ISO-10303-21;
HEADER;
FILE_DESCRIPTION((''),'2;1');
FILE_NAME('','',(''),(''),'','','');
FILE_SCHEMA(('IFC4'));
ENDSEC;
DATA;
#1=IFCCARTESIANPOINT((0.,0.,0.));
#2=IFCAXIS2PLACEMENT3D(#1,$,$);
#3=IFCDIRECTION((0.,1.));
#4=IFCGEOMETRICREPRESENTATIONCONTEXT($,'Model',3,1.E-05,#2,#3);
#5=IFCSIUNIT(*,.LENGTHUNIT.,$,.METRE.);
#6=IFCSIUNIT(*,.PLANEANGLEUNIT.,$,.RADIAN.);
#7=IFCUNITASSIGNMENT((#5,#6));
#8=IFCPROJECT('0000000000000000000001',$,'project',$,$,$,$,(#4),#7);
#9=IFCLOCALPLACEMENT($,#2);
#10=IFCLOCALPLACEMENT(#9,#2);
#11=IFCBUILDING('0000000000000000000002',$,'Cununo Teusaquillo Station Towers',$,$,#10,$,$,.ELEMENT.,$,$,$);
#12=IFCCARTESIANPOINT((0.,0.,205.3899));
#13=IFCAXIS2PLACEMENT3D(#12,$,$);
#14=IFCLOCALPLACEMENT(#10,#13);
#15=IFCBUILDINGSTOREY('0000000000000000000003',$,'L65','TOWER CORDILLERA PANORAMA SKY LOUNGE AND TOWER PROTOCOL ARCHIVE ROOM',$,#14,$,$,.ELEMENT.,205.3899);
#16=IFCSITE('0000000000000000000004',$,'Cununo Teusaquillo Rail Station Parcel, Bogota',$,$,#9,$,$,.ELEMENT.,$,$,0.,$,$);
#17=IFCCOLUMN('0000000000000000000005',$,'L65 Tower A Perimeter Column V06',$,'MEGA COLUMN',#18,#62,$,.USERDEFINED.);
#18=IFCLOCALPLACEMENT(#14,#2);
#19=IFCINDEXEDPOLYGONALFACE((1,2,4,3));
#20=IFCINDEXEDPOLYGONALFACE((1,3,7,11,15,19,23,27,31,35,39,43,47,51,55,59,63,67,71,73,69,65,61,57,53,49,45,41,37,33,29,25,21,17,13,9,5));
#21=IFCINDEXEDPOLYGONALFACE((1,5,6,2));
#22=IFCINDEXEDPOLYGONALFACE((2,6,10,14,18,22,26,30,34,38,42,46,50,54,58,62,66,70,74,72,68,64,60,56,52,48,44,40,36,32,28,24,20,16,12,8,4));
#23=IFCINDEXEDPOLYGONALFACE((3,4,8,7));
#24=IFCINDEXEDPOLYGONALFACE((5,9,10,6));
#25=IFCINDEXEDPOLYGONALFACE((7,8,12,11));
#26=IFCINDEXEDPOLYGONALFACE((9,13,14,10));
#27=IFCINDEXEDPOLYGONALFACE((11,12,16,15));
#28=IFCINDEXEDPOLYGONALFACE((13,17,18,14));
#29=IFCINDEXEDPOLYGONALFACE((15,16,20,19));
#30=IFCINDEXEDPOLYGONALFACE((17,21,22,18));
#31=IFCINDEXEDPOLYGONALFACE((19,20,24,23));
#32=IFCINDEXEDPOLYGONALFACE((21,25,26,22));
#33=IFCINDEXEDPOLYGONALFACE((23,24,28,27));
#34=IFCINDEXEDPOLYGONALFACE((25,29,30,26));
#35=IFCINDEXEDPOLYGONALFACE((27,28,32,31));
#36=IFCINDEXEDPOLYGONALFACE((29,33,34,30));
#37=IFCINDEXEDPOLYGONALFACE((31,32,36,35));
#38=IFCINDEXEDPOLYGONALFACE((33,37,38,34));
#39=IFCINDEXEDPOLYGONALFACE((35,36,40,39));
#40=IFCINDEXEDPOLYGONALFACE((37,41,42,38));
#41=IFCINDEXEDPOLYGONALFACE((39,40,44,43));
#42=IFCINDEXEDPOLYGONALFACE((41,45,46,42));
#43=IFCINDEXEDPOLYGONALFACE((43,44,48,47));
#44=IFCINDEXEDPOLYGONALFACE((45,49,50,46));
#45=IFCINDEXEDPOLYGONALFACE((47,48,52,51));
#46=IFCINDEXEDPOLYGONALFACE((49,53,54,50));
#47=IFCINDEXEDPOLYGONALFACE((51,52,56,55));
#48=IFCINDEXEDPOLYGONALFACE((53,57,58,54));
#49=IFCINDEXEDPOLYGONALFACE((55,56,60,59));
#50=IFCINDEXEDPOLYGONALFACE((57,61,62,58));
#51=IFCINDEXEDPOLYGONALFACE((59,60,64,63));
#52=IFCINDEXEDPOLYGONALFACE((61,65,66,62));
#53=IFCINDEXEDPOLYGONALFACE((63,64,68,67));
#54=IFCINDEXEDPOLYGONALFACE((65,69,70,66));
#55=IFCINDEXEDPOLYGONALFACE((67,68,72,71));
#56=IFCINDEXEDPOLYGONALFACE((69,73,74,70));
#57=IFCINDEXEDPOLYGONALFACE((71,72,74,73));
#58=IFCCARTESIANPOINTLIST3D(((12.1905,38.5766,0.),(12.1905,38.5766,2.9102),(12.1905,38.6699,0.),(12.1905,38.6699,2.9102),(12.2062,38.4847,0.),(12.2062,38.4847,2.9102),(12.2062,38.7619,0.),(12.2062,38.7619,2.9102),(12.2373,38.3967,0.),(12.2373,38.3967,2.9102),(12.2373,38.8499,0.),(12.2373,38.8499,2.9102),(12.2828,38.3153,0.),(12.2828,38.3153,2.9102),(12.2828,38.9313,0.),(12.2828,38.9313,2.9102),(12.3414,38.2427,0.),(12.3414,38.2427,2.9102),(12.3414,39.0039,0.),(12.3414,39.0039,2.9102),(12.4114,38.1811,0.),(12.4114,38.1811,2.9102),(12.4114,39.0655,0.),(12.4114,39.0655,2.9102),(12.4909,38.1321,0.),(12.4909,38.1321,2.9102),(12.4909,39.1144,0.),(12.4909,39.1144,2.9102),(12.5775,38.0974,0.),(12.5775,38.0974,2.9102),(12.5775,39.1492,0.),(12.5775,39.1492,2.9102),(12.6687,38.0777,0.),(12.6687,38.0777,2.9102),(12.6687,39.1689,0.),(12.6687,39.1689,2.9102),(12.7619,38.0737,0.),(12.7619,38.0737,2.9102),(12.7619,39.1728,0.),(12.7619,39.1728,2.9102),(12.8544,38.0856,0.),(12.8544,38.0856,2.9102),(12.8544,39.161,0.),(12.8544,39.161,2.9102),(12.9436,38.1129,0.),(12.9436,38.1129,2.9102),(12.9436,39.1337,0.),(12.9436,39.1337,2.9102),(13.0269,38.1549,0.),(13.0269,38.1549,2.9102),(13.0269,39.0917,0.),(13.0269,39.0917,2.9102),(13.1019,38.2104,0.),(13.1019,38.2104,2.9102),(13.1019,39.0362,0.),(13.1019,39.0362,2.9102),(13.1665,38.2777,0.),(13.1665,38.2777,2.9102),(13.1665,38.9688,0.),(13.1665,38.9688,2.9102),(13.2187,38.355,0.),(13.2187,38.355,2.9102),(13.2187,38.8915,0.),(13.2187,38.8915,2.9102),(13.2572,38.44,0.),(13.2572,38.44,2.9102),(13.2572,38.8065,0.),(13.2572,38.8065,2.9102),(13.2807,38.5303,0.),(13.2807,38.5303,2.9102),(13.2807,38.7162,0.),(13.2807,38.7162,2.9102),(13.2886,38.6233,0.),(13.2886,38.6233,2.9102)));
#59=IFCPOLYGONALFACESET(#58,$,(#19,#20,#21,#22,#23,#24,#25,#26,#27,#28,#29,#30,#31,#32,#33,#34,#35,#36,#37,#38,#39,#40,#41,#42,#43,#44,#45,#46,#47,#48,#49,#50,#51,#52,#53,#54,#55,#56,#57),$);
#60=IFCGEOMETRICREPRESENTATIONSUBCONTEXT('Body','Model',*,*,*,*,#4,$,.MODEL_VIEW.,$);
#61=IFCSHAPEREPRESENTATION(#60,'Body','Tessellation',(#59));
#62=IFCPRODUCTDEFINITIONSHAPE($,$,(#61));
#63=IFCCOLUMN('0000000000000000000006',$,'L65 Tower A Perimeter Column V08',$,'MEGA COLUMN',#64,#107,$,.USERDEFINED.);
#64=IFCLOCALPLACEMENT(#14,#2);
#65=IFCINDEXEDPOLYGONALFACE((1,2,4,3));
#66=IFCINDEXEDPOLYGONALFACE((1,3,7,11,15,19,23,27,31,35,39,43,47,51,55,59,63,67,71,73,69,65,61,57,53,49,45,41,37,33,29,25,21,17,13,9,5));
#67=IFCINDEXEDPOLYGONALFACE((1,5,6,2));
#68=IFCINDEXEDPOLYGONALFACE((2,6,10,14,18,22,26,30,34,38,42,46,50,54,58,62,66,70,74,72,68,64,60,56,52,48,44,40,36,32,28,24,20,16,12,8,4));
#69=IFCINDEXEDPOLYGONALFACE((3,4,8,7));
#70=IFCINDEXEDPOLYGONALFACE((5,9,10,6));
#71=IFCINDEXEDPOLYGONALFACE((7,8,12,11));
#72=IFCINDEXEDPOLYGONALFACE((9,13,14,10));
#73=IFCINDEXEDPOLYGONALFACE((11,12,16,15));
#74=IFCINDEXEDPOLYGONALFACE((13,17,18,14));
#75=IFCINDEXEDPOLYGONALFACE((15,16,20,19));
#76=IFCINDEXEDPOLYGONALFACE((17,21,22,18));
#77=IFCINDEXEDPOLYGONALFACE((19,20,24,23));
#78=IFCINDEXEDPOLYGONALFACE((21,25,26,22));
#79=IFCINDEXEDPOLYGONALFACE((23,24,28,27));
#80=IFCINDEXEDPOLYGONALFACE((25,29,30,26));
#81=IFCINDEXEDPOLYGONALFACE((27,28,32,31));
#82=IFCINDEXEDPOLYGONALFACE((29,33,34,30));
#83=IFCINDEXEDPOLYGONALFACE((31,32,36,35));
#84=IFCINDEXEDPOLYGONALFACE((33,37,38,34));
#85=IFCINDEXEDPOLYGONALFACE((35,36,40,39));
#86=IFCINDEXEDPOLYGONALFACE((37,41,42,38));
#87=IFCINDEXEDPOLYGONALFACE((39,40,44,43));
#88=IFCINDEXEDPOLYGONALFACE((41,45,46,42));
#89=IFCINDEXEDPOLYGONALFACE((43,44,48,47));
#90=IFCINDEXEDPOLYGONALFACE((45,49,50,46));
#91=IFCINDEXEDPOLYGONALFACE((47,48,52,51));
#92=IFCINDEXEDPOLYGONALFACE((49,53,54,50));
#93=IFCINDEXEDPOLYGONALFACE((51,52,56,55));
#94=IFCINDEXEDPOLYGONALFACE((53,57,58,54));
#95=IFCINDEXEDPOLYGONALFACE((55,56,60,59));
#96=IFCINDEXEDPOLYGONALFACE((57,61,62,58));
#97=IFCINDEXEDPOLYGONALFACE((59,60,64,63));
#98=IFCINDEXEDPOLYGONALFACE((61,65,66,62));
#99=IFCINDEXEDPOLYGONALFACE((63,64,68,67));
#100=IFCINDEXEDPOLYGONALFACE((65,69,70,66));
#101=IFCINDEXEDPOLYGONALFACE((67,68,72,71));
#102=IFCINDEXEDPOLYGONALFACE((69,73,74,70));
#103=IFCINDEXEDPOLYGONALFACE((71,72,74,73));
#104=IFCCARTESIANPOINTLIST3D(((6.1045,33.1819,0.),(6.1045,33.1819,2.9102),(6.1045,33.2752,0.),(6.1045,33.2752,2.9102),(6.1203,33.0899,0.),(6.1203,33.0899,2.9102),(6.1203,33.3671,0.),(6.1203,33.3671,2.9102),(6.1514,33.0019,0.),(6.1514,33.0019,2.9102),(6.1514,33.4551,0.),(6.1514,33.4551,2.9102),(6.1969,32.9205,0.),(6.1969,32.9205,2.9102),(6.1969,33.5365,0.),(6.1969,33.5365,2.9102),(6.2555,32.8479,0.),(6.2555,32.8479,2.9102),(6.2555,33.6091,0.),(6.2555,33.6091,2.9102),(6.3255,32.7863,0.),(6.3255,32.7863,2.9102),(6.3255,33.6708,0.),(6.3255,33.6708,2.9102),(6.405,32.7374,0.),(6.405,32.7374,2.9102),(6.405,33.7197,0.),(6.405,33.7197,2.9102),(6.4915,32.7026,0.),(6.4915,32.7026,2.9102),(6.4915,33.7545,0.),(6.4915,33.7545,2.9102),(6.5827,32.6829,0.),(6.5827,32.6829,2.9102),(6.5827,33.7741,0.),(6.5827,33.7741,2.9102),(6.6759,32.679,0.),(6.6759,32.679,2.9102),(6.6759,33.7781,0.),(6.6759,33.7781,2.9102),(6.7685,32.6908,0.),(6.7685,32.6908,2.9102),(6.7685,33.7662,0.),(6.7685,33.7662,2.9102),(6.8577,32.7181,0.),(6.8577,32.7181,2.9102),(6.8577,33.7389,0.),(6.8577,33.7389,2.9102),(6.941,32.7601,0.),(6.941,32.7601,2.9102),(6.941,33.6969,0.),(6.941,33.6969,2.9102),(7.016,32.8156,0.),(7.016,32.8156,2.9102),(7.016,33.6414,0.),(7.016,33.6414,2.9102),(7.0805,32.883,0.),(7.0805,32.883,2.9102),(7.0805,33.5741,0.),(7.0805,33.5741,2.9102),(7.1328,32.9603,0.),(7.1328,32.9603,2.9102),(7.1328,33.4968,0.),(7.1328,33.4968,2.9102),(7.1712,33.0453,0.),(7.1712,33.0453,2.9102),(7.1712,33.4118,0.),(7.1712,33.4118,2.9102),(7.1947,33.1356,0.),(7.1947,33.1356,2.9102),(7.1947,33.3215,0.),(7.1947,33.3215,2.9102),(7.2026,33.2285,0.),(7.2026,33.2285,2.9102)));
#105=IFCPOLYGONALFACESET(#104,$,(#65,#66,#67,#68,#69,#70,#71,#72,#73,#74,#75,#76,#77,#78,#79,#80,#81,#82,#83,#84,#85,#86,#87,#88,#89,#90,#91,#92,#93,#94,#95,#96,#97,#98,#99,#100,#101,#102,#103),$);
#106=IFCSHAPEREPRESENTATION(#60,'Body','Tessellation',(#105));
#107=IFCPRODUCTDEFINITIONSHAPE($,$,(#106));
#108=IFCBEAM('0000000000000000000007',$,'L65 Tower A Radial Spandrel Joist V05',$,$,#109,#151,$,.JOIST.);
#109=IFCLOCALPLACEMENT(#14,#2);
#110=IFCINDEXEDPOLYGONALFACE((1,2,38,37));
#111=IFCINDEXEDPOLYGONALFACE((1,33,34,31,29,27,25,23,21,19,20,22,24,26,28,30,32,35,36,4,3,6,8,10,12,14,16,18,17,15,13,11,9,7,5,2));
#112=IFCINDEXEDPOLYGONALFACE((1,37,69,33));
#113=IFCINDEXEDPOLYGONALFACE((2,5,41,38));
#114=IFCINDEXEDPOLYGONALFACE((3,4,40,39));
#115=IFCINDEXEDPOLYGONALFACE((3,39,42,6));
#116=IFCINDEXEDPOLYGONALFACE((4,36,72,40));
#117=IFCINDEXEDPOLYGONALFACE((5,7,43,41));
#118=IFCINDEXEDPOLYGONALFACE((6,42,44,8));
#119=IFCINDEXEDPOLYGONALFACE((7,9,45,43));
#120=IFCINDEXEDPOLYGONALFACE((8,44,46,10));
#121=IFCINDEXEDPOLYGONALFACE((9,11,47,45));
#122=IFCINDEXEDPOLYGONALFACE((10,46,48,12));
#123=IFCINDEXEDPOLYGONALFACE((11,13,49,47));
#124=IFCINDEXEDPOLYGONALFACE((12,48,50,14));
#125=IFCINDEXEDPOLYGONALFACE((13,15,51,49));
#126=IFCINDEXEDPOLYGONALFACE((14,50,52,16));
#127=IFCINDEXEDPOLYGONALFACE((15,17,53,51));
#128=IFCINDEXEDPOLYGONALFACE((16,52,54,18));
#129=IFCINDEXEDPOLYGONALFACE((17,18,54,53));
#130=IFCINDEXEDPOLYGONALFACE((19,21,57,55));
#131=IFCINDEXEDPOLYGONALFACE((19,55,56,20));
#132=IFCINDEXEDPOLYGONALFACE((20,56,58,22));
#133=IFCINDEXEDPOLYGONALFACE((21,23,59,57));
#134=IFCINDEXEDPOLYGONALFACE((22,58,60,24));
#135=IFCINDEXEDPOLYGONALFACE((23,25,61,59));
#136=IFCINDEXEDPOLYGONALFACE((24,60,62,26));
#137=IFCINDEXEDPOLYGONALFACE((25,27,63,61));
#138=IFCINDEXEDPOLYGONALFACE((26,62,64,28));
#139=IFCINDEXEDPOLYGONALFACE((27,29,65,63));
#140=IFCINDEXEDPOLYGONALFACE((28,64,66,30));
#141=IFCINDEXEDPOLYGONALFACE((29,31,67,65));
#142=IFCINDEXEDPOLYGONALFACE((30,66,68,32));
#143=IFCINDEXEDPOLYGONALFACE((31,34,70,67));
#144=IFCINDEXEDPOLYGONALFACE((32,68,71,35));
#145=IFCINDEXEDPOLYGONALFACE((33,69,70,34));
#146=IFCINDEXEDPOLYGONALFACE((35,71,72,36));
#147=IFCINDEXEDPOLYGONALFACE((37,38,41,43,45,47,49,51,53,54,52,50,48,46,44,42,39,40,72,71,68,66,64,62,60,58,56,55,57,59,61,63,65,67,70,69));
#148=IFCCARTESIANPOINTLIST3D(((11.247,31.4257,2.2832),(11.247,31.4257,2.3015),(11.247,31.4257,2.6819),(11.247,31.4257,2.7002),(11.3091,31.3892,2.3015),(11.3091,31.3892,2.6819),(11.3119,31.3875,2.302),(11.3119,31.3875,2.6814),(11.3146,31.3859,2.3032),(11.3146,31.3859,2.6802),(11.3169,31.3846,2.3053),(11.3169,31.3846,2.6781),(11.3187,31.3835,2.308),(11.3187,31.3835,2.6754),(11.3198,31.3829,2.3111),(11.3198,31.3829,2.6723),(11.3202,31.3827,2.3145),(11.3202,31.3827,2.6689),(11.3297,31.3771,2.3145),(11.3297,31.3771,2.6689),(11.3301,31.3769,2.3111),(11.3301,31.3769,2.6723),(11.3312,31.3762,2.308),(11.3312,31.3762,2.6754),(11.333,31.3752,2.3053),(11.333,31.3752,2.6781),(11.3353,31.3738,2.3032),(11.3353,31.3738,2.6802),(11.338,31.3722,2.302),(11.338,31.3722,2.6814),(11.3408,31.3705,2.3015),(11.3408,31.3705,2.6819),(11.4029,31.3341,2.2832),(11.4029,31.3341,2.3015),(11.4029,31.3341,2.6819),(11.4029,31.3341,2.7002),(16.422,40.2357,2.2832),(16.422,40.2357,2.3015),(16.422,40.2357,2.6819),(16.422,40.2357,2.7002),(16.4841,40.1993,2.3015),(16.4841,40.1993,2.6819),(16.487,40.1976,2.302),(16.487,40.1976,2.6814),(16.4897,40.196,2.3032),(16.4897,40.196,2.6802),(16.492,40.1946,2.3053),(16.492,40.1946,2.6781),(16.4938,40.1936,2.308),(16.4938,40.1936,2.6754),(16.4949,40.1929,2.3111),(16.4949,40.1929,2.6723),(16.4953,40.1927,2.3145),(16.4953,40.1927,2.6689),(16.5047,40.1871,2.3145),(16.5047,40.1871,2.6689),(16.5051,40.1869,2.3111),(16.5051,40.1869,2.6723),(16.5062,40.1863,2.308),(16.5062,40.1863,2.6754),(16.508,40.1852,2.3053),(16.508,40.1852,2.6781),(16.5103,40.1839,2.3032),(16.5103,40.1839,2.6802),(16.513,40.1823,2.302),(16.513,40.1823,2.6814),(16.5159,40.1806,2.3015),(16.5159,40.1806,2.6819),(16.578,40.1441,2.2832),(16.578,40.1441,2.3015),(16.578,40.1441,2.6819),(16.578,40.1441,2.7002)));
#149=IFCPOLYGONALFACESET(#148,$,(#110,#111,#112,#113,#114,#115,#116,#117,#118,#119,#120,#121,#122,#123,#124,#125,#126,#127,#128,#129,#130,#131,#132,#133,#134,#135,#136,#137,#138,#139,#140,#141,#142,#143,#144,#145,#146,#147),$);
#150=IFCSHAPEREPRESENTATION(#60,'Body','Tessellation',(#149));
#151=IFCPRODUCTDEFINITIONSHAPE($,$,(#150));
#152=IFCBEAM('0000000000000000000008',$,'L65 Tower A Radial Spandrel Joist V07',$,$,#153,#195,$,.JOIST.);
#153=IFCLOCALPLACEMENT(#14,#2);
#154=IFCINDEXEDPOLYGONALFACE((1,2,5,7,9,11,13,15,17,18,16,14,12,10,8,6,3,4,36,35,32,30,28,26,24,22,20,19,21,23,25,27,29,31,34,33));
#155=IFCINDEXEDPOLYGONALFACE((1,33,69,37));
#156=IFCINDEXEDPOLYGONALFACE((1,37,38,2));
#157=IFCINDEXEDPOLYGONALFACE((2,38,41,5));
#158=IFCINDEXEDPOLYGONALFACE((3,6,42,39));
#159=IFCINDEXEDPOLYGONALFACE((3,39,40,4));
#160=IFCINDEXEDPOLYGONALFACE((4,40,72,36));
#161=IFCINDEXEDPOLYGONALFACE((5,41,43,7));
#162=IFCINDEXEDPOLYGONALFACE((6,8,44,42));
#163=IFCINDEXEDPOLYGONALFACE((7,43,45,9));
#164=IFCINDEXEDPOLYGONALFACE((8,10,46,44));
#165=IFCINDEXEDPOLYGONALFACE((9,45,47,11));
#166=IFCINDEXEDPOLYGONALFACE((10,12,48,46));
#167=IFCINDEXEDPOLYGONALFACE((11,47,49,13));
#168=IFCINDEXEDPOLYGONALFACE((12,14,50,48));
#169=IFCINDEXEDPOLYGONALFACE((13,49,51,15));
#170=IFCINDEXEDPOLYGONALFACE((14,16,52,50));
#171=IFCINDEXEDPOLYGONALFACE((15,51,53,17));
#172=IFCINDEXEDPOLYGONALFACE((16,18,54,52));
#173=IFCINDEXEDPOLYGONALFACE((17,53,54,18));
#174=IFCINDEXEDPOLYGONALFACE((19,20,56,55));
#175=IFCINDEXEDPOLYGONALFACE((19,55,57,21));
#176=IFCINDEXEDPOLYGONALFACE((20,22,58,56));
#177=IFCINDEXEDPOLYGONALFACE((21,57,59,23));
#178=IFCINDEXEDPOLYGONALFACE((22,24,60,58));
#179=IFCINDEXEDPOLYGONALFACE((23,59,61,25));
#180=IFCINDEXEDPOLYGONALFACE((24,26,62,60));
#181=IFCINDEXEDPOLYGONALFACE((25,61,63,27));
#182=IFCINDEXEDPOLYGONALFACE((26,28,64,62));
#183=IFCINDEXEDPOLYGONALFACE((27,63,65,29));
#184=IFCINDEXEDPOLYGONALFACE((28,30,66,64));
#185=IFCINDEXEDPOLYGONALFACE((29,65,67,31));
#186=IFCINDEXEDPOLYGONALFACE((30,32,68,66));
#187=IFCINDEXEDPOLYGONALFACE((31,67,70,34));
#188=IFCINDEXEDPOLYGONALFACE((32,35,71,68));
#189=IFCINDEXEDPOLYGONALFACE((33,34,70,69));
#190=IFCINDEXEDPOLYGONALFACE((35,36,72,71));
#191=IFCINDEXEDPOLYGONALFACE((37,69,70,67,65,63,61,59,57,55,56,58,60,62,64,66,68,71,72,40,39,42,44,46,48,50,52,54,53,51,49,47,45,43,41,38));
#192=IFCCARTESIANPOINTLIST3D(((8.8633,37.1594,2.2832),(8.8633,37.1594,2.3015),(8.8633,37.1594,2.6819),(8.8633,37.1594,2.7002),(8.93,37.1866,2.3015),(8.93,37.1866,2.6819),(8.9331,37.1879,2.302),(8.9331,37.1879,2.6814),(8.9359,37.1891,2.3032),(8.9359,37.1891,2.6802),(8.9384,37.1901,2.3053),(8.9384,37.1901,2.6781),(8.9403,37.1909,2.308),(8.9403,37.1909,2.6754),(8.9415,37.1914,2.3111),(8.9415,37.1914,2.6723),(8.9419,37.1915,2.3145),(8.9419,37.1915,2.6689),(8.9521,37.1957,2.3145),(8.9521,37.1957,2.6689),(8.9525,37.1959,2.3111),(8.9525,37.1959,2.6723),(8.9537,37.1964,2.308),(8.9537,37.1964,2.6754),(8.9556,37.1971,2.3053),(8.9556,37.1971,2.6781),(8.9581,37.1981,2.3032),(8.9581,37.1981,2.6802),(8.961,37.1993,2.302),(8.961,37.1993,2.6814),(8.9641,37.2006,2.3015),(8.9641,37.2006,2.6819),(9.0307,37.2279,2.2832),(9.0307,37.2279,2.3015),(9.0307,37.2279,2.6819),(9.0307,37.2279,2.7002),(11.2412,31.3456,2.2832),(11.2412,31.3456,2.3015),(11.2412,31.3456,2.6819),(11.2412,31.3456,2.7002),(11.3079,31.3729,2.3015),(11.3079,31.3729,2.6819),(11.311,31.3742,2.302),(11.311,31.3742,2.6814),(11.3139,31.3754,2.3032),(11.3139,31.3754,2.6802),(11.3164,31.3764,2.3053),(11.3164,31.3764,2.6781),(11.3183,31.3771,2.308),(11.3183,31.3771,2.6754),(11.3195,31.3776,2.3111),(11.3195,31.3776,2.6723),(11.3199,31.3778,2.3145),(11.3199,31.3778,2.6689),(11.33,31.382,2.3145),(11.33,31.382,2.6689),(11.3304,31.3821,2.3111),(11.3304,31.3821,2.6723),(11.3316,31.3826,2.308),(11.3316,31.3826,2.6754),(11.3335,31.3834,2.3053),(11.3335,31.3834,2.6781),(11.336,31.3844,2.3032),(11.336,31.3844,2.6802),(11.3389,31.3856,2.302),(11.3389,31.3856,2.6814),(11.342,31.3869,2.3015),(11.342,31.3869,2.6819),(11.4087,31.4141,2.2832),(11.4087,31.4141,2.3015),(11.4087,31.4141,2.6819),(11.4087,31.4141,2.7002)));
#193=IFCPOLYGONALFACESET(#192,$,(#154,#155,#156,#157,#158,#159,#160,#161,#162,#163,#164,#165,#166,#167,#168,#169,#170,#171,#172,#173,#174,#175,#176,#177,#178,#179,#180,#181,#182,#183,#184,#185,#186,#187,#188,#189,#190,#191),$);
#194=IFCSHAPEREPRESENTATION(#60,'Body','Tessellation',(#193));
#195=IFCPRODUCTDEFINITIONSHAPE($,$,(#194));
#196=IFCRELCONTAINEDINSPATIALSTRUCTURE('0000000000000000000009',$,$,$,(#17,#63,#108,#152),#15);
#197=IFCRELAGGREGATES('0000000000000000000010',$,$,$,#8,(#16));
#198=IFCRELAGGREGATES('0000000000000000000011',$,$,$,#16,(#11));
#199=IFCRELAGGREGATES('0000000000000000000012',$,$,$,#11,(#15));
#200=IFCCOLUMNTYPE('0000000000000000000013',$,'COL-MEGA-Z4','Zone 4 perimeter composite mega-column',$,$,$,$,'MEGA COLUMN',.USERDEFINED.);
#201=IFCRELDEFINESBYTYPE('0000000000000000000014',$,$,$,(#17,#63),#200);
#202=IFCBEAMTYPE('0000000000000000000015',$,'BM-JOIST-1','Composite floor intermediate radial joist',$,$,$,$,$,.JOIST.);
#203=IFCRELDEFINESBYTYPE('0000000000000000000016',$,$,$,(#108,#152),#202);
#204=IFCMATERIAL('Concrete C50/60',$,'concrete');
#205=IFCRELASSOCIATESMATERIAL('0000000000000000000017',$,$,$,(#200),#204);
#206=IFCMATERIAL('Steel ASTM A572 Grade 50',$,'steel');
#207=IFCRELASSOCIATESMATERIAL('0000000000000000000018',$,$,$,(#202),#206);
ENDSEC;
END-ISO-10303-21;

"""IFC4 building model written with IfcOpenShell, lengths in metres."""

from ifc_helpers import new_model, si_unit, direction, frame, origin, origin_2d, place, context, subcontext, project, spatial, circle, i_section, extrude, material, material_profile, profile_set, type_object, element, save


model = new_model("IFC4")

# Units and contexts
model_context = context("Model", 3, precision=1e-05, world=origin(), true_north=direction((0.0, 1.0)))
body_context = subcontext(model_context, "Body", "Model", "MODEL_VIEW")
ifc_project = project(units=[si_unit("LENGTHUNIT", "METRE"), si_unit("PLANEANGLEUNIT", "RADIAN")], contexts=[model_context])

# Site, building, storey
site_placement = place(None, origin())
site = spatial("IfcSite", under=ifc_project, at=site_placement, Name="Cununo Teusaquillo Rail Station Parcel, Bogota", CompositionType="ELEMENT", RefElevation=0.0)
building_placement = place(site_placement, origin())
building = spatial("IfcBuilding", under=site, at=building_placement, Name="Cununo Teusaquillo Station Towers", CompositionType="ELEMENT")
storey_placement = place(building_placement, frame((0.0, 0.0, 205.3899)))
storey = spatial("IfcBuildingStorey", under=building, at=storey_placement, Name="L65", Description="TOWER CORDILLERA PANORAMA SKY LOUNGE AND TOWER PROTOCOL ARCHIVE ROOM", CompositionType="ELEMENT", Elevation=205.3899)

# Columns
ifc_material_1 = material(Name="Concrete C50/60", Category="concrete")
ifc_material_profile_1 = material_profile(ifc_material_1, circle(Radius=0.55, at=origin_2d()), Name="RC-CIRC-1100")
ifc_profile_set_1 = profile_set([ifc_material_profile_1], Name="Concrete C50/60")
column_type = type_object("IfcColumnType", Name="COL-MEGA-Z4", Description="Zone 4 perimeter composite mega-column", ElementType="MEGA COLUMN", PredefinedType="USERDEFINED", material=ifc_profile_set_1)
for number, where, z_axis, x_axis, name in (
    (1, (12.7385, 38.6233, 0.0), (0.0, 0.0, 1.0), (1.0, 0.0, 0.0), "L65 Tower A Perimeter Column V06"),
    (2, (6.6526, 33.2285, 0.0), (0.0, 0.0, 1.0), (1.0, 0.0, 0.0), "L65 Tower A Perimeter Column V08"),
):
    element("IfcColumn", number, at=place(storey_placement, frame(where, z_axis=z_axis, x_axis=x_axis)), inside=storey, type_object=column_type, Name=name, ObjectType="MEGA COLUMN", PredefinedType="USERDEFINED", context=body_context, shape_type="SweptSolid", body=[
        extrude(circle(Radius=0.55, at=origin_2d()), origin(), (0.0, 0.0, 1.0), 2.9102),
    ])

# Beams
ifc_material_2 = material(Name="Steel ASTM A572 Grade 50", Category="steel")
ifc_material_profile_2 = material_profile(ifc_material_2, i_section(OverallWidth=0.1809, OverallDepth=0.417, WebThickness=0.011, FlangeThickness=0.0183, FilletRadius=0.0129, at=origin_2d()), Name="W16X57")
ifc_profile_set_2 = profile_set([ifc_material_profile_2], Name="Steel ASTM A572 Grade 50")
beam_type_1 = type_object("IfcBeamType", Name="BM-JOIST-1", Description="Composite floor intermediate radial joist", PredefinedType="JOIST", material=ifc_profile_set_2)
beam_1_placement = place(storey_placement, frame((11.325, 31.3799, 2.4917), z_axis=(0.506486, 0.862248, 0.0), x_axis=(-0.862248, 0.506486, 0.0)))
element("IfcBeam", 3, at=beam_1_placement, inside=storey, type_object=beam_type_1, Name="L65 Tower A Radial Spandrel Joist V05", PredefinedType="JOIST", context=body_context, shape_type="SweptSolid", body=[
    extrude(i_section(OverallWidth=0.1809, OverallDepth=0.417, WebThickness=0.011, FlangeThickness=0.0183, FilletRadius=0.0129, at=origin_2d()), origin(), (0.0, 0.0, 1.0), 10.2175),
])
beam_2_placement = place(storey_placement, frame((11.325, 31.3799, 2.4917), z_axis=(-0.378577, 0.92557, 0.0), x_axis=(-0.92557, -0.378577, 0.0)))
element("IfcBeam", 4, at=beam_2_placement, inside=storey, type_object=beam_type_1, Name="L65 Tower A Radial Spandrel Joist V07", PredefinedType="JOIST", context=body_context, shape_type="SweptSolid", body=[
    extrude(i_section(OverallWidth=0.1809, OverallDepth=0.417, WebThickness=0.011, FlangeThickness=0.0183, FilletRadius=0.0129, at=origin_2d()), origin(), (0.0, 0.0, 1.0), 6.2812),
])

save(model, "model.ifc")
